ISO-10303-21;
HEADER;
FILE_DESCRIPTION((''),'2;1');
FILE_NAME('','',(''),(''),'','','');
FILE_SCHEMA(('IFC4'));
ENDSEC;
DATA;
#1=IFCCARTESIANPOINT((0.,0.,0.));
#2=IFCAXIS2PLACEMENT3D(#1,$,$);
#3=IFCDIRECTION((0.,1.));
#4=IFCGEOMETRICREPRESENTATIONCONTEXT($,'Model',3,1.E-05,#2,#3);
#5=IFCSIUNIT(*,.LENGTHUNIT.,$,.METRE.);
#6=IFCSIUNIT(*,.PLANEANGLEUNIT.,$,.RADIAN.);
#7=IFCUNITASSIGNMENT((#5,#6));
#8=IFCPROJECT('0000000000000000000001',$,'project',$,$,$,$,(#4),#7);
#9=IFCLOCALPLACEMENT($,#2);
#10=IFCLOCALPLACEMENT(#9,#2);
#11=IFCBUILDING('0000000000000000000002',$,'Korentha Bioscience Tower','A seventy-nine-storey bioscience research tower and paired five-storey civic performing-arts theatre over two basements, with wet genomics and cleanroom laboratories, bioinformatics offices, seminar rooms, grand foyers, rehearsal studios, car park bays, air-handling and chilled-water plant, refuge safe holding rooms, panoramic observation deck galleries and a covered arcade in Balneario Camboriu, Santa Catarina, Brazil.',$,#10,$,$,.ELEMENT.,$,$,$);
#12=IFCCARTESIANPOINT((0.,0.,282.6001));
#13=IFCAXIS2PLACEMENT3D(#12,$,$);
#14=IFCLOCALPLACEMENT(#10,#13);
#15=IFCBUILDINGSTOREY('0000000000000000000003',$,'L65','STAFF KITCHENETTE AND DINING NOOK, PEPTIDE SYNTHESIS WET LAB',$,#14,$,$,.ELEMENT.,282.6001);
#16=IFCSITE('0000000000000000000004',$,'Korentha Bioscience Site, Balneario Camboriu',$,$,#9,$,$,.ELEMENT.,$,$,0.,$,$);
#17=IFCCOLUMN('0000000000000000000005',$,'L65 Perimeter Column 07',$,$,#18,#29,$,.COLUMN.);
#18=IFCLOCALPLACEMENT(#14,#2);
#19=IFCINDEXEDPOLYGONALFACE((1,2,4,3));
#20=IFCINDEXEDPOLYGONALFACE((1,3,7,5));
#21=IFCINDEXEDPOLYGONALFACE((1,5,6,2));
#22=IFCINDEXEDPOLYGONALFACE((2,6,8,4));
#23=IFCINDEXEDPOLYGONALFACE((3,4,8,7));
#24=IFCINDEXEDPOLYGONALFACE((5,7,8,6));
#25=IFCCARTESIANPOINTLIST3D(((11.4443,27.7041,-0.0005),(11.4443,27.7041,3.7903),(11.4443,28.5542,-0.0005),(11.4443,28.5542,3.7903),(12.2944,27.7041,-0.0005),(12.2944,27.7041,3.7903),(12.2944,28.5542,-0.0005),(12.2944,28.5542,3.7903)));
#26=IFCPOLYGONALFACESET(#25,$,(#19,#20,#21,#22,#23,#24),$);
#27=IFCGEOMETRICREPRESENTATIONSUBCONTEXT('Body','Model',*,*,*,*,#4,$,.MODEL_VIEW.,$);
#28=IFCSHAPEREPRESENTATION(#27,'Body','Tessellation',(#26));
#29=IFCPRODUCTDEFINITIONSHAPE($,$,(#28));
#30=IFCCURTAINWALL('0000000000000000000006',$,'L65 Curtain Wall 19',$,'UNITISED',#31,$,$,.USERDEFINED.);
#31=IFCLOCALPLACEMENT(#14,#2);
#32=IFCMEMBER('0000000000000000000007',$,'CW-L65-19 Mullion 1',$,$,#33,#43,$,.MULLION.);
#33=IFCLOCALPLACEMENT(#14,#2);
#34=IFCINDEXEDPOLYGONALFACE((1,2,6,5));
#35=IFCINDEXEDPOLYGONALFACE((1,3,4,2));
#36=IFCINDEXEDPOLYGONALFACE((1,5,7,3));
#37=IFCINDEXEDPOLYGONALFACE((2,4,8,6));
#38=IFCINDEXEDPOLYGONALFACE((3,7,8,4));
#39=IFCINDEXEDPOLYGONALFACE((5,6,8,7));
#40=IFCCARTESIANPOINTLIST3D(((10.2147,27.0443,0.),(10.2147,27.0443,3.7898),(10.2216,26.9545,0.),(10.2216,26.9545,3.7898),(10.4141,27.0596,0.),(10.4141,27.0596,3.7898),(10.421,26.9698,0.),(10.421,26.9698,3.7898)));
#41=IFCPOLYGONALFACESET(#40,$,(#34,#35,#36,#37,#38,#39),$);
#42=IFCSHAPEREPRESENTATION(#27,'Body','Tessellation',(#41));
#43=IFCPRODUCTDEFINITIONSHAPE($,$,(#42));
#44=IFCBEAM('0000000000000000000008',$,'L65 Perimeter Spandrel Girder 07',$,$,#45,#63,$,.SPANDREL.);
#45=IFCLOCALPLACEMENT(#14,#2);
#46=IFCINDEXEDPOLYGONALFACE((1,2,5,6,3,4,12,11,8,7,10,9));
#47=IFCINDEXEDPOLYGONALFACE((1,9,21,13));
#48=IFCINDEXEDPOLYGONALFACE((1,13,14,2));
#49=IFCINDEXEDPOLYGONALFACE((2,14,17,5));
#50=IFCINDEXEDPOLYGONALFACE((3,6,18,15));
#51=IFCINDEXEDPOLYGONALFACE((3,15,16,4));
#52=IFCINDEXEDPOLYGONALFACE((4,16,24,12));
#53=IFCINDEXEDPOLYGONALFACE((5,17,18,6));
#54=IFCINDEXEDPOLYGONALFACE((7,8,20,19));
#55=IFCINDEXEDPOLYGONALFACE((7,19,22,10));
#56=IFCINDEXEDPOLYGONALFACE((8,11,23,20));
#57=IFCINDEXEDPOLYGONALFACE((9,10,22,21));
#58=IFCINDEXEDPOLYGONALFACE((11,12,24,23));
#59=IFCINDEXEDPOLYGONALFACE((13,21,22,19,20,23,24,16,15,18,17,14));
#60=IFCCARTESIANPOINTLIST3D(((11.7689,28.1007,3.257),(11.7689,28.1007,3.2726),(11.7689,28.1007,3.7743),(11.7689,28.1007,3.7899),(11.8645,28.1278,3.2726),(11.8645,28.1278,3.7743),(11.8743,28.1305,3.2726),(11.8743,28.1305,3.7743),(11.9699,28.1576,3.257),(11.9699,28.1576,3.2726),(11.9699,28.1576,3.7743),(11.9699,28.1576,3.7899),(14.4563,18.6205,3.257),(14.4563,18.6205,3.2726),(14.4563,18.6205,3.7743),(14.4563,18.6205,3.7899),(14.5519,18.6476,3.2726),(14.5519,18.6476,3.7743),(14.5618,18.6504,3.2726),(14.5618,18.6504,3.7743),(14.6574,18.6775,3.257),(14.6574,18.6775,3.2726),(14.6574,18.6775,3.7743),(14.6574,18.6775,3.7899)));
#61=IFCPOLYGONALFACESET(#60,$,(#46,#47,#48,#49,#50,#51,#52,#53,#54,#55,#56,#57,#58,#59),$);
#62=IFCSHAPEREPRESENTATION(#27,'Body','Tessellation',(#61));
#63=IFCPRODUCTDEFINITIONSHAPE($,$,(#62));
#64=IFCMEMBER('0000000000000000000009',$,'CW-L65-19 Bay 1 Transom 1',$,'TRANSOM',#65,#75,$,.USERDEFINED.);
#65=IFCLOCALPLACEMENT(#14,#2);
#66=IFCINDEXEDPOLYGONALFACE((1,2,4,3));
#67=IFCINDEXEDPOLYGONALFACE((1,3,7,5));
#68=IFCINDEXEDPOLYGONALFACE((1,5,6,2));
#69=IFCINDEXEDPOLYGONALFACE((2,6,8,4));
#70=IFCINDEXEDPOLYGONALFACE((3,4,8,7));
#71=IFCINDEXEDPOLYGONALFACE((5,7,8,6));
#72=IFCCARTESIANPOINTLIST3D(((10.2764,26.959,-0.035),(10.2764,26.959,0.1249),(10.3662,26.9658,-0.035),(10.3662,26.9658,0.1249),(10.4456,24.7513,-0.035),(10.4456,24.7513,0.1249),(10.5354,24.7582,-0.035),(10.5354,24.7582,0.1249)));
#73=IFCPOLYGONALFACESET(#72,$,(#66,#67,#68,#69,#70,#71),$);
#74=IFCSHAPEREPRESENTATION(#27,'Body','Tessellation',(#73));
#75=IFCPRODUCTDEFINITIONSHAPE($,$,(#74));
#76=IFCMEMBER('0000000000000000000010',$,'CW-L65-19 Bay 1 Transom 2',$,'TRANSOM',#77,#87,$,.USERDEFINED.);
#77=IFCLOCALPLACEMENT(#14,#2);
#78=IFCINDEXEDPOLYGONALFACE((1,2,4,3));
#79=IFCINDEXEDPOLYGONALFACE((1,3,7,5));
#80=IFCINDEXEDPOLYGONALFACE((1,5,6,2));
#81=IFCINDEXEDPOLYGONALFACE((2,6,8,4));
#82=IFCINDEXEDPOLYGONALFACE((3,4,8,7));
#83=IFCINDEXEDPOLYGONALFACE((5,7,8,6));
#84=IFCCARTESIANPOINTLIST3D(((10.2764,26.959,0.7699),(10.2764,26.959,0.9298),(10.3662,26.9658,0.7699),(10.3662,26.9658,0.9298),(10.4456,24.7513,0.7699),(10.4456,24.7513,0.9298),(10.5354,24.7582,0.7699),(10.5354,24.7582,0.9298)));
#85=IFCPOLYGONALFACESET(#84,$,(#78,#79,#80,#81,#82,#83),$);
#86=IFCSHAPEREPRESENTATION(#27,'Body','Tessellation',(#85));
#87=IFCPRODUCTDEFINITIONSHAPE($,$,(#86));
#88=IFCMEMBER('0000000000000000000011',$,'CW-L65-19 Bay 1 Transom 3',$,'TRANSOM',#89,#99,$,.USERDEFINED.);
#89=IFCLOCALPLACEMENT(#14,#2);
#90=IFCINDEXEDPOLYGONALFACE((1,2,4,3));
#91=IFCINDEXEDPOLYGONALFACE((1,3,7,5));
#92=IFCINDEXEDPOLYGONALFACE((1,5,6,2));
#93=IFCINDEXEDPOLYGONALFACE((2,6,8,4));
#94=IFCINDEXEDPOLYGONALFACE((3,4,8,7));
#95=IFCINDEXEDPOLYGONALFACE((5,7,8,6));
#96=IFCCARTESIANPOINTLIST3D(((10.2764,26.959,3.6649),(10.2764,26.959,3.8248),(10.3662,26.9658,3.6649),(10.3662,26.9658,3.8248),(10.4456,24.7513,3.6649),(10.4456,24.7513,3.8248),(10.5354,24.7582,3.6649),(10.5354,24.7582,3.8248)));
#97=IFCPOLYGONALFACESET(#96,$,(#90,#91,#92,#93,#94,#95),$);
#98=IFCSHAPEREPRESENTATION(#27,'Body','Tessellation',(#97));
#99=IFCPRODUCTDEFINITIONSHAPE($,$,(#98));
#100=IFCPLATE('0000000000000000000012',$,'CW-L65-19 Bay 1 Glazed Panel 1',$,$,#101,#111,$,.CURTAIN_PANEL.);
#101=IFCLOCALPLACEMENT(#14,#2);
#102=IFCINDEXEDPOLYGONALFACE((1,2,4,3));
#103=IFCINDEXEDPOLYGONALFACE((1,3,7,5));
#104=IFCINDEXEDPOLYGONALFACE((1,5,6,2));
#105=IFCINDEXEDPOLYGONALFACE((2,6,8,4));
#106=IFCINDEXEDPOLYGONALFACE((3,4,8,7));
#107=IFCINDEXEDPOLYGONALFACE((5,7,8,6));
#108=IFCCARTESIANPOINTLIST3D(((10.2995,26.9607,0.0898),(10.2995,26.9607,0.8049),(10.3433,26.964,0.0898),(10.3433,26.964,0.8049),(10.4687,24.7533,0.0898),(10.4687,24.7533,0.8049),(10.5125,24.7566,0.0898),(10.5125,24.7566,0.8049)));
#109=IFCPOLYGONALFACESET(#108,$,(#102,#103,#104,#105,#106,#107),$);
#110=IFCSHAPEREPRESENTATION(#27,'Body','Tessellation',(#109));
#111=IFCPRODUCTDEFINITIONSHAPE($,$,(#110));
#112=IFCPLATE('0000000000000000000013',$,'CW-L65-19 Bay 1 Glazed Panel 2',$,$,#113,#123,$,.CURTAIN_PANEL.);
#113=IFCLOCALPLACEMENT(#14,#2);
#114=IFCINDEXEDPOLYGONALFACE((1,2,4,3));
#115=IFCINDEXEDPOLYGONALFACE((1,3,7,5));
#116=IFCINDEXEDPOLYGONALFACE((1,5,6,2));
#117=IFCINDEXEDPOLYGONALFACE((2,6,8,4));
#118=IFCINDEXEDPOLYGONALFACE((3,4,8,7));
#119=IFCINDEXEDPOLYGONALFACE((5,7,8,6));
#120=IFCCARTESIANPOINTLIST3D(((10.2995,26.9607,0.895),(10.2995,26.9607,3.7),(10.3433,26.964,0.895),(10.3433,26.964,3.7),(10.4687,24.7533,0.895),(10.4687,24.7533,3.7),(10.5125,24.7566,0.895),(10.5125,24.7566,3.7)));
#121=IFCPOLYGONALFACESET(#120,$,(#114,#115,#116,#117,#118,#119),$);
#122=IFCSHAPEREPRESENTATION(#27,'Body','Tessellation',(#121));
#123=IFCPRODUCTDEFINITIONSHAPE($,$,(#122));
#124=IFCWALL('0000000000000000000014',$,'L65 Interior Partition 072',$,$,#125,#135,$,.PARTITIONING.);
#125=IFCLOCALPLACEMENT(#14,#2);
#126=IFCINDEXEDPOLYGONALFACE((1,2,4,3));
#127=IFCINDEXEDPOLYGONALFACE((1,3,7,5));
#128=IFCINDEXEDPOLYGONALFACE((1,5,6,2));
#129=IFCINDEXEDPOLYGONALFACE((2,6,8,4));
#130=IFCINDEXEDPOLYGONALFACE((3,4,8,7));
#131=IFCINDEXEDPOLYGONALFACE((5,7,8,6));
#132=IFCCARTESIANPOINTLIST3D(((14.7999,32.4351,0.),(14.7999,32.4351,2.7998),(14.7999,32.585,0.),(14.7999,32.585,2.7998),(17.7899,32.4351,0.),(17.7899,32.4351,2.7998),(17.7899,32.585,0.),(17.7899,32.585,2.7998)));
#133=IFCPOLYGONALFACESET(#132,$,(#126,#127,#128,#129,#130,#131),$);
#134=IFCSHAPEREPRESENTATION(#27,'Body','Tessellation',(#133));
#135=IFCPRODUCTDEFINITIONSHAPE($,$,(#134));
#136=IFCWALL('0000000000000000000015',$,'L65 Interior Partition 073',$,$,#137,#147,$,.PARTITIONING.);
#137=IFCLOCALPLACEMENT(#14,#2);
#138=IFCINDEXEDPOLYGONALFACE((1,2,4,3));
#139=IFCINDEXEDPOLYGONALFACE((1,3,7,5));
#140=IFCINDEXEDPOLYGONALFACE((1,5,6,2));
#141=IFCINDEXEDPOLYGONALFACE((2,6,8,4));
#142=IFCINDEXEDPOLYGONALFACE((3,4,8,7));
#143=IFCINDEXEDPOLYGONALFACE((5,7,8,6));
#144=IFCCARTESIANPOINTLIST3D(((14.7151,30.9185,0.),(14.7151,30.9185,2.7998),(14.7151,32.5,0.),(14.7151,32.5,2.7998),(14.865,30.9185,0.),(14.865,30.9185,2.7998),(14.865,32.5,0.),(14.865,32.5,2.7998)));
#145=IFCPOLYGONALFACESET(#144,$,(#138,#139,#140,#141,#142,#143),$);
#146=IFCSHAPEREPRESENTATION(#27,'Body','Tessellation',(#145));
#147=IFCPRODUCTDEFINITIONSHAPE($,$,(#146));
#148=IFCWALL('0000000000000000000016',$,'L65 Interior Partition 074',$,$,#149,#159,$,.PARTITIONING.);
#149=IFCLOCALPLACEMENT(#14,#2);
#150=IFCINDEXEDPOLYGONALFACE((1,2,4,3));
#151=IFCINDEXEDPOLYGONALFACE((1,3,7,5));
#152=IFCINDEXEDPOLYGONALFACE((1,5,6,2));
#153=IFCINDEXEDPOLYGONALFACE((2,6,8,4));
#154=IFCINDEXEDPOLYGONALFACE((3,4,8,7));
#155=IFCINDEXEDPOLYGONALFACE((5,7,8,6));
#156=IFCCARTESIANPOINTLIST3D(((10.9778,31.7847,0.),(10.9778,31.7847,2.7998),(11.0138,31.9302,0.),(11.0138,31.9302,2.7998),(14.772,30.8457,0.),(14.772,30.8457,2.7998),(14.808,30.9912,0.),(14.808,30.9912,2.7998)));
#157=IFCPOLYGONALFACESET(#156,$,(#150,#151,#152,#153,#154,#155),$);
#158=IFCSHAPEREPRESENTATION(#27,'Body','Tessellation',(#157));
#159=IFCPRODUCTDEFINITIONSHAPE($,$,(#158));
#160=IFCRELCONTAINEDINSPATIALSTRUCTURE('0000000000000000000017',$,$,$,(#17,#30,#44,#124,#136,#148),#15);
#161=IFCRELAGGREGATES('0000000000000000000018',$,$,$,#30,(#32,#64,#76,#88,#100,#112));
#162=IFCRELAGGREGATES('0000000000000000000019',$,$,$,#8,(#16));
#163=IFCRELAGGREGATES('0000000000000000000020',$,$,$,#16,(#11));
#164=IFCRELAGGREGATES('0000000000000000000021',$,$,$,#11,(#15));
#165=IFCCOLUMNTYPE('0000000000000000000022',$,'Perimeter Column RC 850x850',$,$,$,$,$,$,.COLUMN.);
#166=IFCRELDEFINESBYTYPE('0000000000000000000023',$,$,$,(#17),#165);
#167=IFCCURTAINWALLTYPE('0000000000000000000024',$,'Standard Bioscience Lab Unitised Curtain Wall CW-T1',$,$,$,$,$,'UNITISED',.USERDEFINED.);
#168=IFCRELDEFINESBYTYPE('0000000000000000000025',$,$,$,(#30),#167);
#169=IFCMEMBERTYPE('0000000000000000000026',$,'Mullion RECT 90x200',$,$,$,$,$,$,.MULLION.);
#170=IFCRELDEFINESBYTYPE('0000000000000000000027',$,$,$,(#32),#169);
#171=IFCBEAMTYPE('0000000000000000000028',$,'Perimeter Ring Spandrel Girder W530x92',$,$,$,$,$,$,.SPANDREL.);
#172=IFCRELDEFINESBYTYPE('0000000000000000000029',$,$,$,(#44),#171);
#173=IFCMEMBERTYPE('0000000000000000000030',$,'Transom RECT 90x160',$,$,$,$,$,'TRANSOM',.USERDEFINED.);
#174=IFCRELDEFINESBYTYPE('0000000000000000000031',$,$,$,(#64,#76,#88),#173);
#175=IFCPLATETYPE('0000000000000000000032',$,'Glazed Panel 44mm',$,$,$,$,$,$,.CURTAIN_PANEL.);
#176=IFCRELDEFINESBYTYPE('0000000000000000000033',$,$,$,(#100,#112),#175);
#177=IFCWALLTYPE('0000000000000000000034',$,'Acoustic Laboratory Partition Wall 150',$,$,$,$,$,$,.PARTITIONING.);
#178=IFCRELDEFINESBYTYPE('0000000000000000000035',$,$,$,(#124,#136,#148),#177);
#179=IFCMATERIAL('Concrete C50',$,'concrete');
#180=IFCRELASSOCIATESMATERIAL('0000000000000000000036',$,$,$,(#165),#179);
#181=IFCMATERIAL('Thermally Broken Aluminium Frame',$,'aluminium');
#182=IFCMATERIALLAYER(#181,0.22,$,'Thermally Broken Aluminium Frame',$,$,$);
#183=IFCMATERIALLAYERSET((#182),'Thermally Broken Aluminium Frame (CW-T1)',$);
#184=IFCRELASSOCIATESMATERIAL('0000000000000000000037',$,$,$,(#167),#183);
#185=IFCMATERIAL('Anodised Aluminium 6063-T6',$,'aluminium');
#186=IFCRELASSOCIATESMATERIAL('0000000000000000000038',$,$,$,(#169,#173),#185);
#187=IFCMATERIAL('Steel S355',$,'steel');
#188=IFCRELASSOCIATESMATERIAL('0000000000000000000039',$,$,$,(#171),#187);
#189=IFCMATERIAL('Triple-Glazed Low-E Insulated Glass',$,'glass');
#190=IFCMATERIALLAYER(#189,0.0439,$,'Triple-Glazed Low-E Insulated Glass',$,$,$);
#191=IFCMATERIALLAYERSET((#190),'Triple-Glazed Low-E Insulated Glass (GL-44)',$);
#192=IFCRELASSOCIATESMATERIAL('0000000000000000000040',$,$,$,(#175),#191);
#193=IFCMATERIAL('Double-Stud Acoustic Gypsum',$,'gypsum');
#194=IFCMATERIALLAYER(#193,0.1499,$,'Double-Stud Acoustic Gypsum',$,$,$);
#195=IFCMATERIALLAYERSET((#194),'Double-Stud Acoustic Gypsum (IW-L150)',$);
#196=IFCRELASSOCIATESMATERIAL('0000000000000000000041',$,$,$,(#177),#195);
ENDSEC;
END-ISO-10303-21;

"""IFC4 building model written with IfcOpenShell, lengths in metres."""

from ifc_helpers import new_model, si_unit, direction, frame, frame_2d, origin, origin_2d, place, context, subcontext, project, spatial, rectangle, i_section, extrude, material, layer, layer_set, material_profile, profile_set, type_object, element, aggregate, save


model = new_model("IFC4")

# Units and contexts
model_context = context("Model", 3, precision=1e-05, world=origin(), true_north=direction((0.0, 1.0)))
body_context = subcontext(model_context, "Body", "Model", "MODEL_VIEW")
ifc_project = project(units=[si_unit("LENGTHUNIT", "METRE"), si_unit("PLANEANGLEUNIT", "RADIAN")], contexts=[model_context])

# Site, building, storey
site_placement = place(None, origin())
site = spatial("IfcSite", under=ifc_project, at=site_placement, Name="Korentha Bioscience Site, Balneario Camboriu", CompositionType="ELEMENT", RefElevation=0.0)
building_placement = place(site_placement, origin())
building = spatial("IfcBuilding", under=site, at=building_placement, Name="Korentha Bioscience Tower", Description="A seventy-nine-storey bioscience research tower and paired five-storey civic performing-arts theatre over two basements, with wet genomics and cleanroom laboratories, bioinformatics offices, seminar rooms, grand foyers, rehearsal studios, car park bays, air-handling and chilled-water plant, refuge safe holding rooms, panoramic observation deck galleries and a covered arcade in Balneario Camboriu, Santa Catarina, Brazil.", CompositionType="ELEMENT")
storey_placement = place(building_placement, frame((0.0, 0.0, 282.6001)))
storey = spatial("IfcBuildingStorey", under=building, at=storey_placement, Name="L65", Description="STAFF KITCHENETTE AND DINING NOOK, PEPTIDE SYNTHESIS WET LAB", CompositionType="ELEMENT", Elevation=282.6001)

# Column
ifc_material_1 = material(Name="Concrete C50", Category="concrete")
ifc_material_profile_1 = material_profile(ifc_material_1, rectangle(XDim=0.8501, YDim=0.8501, at=origin_2d()), Name="Concrete C50")
ifc_profile_set_1 = profile_set([ifc_material_profile_1], Name="Concrete C50 (COL-P08)")
column_type = type_object("IfcColumnType", Name="Perimeter Column RC 850x850", PredefinedType="COLUMN", material=ifc_profile_set_1)
column_placement = place(storey_placement, frame((11.8694, 28.1292, -0.0005), z_axis=(0.0, 0.0, 1.0), x_axis=(0.0, 1.0, 0.0)))
element("IfcColumn", 1, at=column_placement, inside=storey, type_object=column_type, Name="L65 Perimeter Column 07", PredefinedType="COLUMN", context=body_context, shape_type="SweptSolid", body=[
    extrude(rectangle(XDim=0.8501, YDim=0.8501, at=origin_2d()), origin(), (0.0, 0.0, 1.0), 3.7908),
])

# Curtain wall, member
ifc_material_2 = material(Name="Thermally Broken Aluminium Frame", Category="aluminium")
ifc_layer_1 = layer(ifc_material_2, 0.22, Name="Thermally Broken Aluminium Frame")
ifc_layer_set_1 = layer_set([ifc_layer_1], Name="Thermally Broken Aluminium Frame (CW-T1)")
curtain_wall_type = type_object("IfcCurtainWallType", Name="Standard Bioscience Lab Unitised Curtain Wall CW-T1", ElementType="UNITISED", PredefinedType="USERDEFINED", material=ifc_layer_set_1)
curtain_wall_placement = place(storey_placement, origin())
curtain_wall = element("IfcCurtainWall", 2, at=curtain_wall_placement, inside=storey, type_object=curtain_wall_type, Name="L65 Curtain Wall 19", ObjectType="UNITISED", PredefinedType="USERDEFINED")
ifc_material_3 = material(Name="Anodised Aluminium 6063-T6", Category="aluminium")
ifc_material_profile_2 = material_profile(ifc_material_3, rectangle(XDim=0.0901, YDim=0.2, at=origin_2d()), Name="Anodised Aluminium 6063-T6")
ifc_profile_set_2 = profile_set([ifc_material_profile_2], Name="Anodised Aluminium 6063-T6 (CW-MUL)")
member_type_1 = type_object("IfcMemberType", Name="Mullion RECT 90x200", PredefinedType="MULLION", material=ifc_profile_set_2)
member_1_placement = place(storey_placement, frame((10.3179, 27.0071, 0.0), z_axis=(0.0, 0.0, 1.0), x_axis=(0.076447, -0.997074, 0.0)))
member_1 = element("IfcMember", 3, at=member_1_placement, type_object=member_type_1, Name="CW-L65-19 Mullion 1", PredefinedType="MULLION", context=body_context, shape_type="SweptSolid", body=[
    extrude(rectangle(XDim=0.0901, YDim=0.2, at=origin_2d()), origin(), (0.0, 0.0, 1.0), 3.7898),
])

# Beam
ifc_material_4 = material(Name="Steel S355", Category="steel")
ifc_material_profile_3 = material_profile(ifc_material_4, i_section(OverallWidth=0.209, OverallDepth=0.533, WebThickness=0.0103, FlangeThickness=0.0156, at=origin_2d()), Name="Steel S355")
ifc_profile_set_3 = profile_set([ifc_material_profile_3], Name="Steel S355 (SB-530)")
beam_type = type_object("IfcBeamType", Name="Perimeter Ring Spandrel Girder W530x92", PredefinedType="SPANDREL", material=ifc_profile_set_3)
beam_placement = place(storey_placement, frame((11.8694, 28.1292, 3.5234), z_axis=(0.272738, -0.962088, 0.0), x_axis=(0.962088, 0.272738, 0.0)))
element("IfcBeam", 4, at=beam_placement, inside=storey, type_object=beam_type, Name="L65 Perimeter Spandrel Girder 07", PredefinedType="SPANDREL", context=body_context, shape_type="SweptSolid", body=[
    extrude(i_section(OverallWidth=0.209, OverallDepth=0.533, WebThickness=0.0103, FlangeThickness=0.0156, at=origin_2d()), origin(), (0.0, 0.0, 1.0), 9.8538),
])

# Members
ifc_material_profile_4 = material_profile(ifc_material_3, rectangle(XDim=0.0901, YDim=0.1599, at=origin_2d()), Name="Anodised Aluminium 6063-T6")
ifc_profile_set_4 = profile_set([ifc_material_profile_4], Name="Anodised Aluminium 6063-T6 (CW-TRN)")
member_type_2 = type_object("IfcMemberType", Name="Transom RECT 90x160", ElementType="TRANSOM", PredefinedType="USERDEFINED", material=ifc_profile_set_4)
member_2_placement = place(storey_placement, frame((10.3213, 26.9624, 0.0449), z_axis=(0.076418, -0.997076, 0.0), x_axis=(0.997076, 0.076418, 0.0)))
member_2 = element("IfcMember", 5, at=member_2_placement, type_object=member_type_2, Name="CW-L65-19 Bay 1 Transom 1", ObjectType="TRANSOM", PredefinedType="USERDEFINED", context=body_context, shape_type="SweptSolid", body=[
    extrude(rectangle(XDim=0.0901, YDim=0.1599, at=origin_2d()), origin(), (0.0, 0.0, 1.0), 2.2141),
])
member_3_placement = place(storey_placement, frame((10.3213, 26.9624, 0.8499), z_axis=(0.076418, -0.997076, 0.0), x_axis=(0.997076, 0.076418, 0.0)))
member_3 = element("IfcMember", 6, at=member_3_placement, type_object=member_type_2, Name="CW-L65-19 Bay 1 Transom 2", ObjectType="TRANSOM", PredefinedType="USERDEFINED", context=body_context, shape_type="SweptSolid", body=[
    extrude(rectangle(XDim=0.0901, YDim=0.1599, at=origin_2d()), origin(), (0.0, 0.0, 1.0), 2.2141),
])
member_4_placement = place(storey_placement, frame((10.3213, 26.9624, 3.7449), z_axis=(0.076418, -0.997076, 0.0), x_axis=(0.997076, 0.076418, 0.0)))
member_4 = element("IfcMember", 7, at=member_4_placement, type_object=member_type_2, Name="CW-L65-19 Bay 1 Transom 3", ObjectType="TRANSOM", PredefinedType="USERDEFINED", context=body_context, shape_type="SweptSolid", body=[
    extrude(rectangle(XDim=0.0901, YDim=0.1599, at=origin_2d()), origin(), (0.0, 0.0, 1.0), 2.2141),
])

# Plates
ifc_material_5 = material(Name="Triple-Glazed Low-E Insulated Glass", Category="glass")
ifc_layer_2 = layer(ifc_material_5, 0.0439, Name="Triple-Glazed Low-E Insulated Glass")
ifc_layer_set_2 = layer_set([ifc_layer_2], Name="Triple-Glazed Low-E Insulated Glass (GL-44)")
plate_type = type_object("IfcPlateType", Name="Glazed Panel 44mm", PredefinedType="CURTAIN_PANEL", material=ifc_layer_set_2)
plate_1_placement = place(storey_placement, frame((10.406, 25.8586, 0.0898), z_axis=(0.0, 0.0, 1.0), x_axis=(0.076447, -0.997074, 0.0)))
plate_1 = element("IfcPlate", 8, at=plate_1_placement, type_object=plate_type, Name="CW-L65-19 Bay 1 Glazed Panel 1", PredefinedType="CURTAIN_PANEL", context=body_context, shape_type="SweptSolid", body=[
    extrude(rectangle(XDim=2.2139, YDim=0.0439, at=origin_2d()), origin(), (0.0, 0.0, 1.0), 0.7151),
])
plate_2_placement = place(storey_placement, frame((10.406, 25.8586, 0.895), z_axis=(0.0, 0.0, 1.0), x_axis=(0.076447, -0.997074, 0.0)))
plate_2 = element("IfcPlate", 9, at=plate_2_placement, type_object=plate_type, Name="CW-L65-19 Bay 1 Glazed Panel 2", PredefinedType="CURTAIN_PANEL", context=body_context, shape_type="SweptSolid", body=[
    extrude(rectangle(XDim=2.2139, YDim=0.0439, at=origin_2d()), origin(), (0.0, 0.0, 1.0), 2.8049),
])
aggregate(curtain_wall, [member_1, member_2, member_3, member_4, plate_1, plate_2])

# Walls
ifc_material_6 = material(Name="Double-Stud Acoustic Gypsum", Category="gypsum")
ifc_layer_3 = layer(ifc_material_6, 0.1499, Name="Double-Stud Acoustic Gypsum")
ifc_layer_set_3 = layer_set([ifc_layer_3], Name="Double-Stud Acoustic Gypsum (IW-L150)")
wall_type_1 = type_object("IfcWallType", Name="Acoustic Laboratory Partition Wall 150", PredefinedType="PARTITIONING", material=ifc_layer_set_3)
wall_1_placement = place(storey_placement, frame((17.79, 32.51, 0.0), z_axis=(0.0, 0.0, 1.0), x_axis=(-1.0, 0.0, 0.0)))
element("IfcWall", 10, at=wall_1_placement, inside=storey, type_object=wall_type_1, Name="L65 Interior Partition 072", PredefinedType="PARTITIONING", context=body_context, shape_type="SweptSolid", body=[
    extrude(rectangle(XDim=2.99, YDim=0.1499, at=frame_2d((1.4951, 0.0))), origin(), (0.0, 0.0, 1.0), 2.7998),
])
wall_2_placement = place(storey_placement, frame((14.79, 32.5, 0.0), z_axis=(0.0, 0.0, 1.0), x_axis=(0.0, -1.0, 0.0)))
element("IfcWall", 11, at=wall_2_placement, inside=storey, type_object=wall_type_1, Name="L65 Interior Partition 073", PredefinedType="PARTITIONING", context=body_context, shape_type="SweptSolid", body=[
    extrude(rectangle(XDim=1.5815, YDim=0.1499, at=frame_2d((0.7908, 0.0))), origin(), (0.0, 0.0, 1.0), 2.7998),
])
wall_3_placement = place(storey_placement, frame((14.79, 30.9185, 0.0), z_axis=(0.0, 0.0, 1.0), x_axis=(-0.970717, 0.240228, 0.0)))
element("IfcWall", 12, at=wall_3_placement, inside=storey, type_object=wall_type_1, Name="L65 Interior Partition 074", PredefinedType="PARTITIONING", context=body_context, shape_type="SweptSolid", body=[
    extrude(rectangle(XDim=3.9087, YDim=0.1499, at=frame_2d((1.9543, 0.0))), origin(), (0.0, 0.0, 1.0), 2.7998),
])

save(model, "model.ifc")
